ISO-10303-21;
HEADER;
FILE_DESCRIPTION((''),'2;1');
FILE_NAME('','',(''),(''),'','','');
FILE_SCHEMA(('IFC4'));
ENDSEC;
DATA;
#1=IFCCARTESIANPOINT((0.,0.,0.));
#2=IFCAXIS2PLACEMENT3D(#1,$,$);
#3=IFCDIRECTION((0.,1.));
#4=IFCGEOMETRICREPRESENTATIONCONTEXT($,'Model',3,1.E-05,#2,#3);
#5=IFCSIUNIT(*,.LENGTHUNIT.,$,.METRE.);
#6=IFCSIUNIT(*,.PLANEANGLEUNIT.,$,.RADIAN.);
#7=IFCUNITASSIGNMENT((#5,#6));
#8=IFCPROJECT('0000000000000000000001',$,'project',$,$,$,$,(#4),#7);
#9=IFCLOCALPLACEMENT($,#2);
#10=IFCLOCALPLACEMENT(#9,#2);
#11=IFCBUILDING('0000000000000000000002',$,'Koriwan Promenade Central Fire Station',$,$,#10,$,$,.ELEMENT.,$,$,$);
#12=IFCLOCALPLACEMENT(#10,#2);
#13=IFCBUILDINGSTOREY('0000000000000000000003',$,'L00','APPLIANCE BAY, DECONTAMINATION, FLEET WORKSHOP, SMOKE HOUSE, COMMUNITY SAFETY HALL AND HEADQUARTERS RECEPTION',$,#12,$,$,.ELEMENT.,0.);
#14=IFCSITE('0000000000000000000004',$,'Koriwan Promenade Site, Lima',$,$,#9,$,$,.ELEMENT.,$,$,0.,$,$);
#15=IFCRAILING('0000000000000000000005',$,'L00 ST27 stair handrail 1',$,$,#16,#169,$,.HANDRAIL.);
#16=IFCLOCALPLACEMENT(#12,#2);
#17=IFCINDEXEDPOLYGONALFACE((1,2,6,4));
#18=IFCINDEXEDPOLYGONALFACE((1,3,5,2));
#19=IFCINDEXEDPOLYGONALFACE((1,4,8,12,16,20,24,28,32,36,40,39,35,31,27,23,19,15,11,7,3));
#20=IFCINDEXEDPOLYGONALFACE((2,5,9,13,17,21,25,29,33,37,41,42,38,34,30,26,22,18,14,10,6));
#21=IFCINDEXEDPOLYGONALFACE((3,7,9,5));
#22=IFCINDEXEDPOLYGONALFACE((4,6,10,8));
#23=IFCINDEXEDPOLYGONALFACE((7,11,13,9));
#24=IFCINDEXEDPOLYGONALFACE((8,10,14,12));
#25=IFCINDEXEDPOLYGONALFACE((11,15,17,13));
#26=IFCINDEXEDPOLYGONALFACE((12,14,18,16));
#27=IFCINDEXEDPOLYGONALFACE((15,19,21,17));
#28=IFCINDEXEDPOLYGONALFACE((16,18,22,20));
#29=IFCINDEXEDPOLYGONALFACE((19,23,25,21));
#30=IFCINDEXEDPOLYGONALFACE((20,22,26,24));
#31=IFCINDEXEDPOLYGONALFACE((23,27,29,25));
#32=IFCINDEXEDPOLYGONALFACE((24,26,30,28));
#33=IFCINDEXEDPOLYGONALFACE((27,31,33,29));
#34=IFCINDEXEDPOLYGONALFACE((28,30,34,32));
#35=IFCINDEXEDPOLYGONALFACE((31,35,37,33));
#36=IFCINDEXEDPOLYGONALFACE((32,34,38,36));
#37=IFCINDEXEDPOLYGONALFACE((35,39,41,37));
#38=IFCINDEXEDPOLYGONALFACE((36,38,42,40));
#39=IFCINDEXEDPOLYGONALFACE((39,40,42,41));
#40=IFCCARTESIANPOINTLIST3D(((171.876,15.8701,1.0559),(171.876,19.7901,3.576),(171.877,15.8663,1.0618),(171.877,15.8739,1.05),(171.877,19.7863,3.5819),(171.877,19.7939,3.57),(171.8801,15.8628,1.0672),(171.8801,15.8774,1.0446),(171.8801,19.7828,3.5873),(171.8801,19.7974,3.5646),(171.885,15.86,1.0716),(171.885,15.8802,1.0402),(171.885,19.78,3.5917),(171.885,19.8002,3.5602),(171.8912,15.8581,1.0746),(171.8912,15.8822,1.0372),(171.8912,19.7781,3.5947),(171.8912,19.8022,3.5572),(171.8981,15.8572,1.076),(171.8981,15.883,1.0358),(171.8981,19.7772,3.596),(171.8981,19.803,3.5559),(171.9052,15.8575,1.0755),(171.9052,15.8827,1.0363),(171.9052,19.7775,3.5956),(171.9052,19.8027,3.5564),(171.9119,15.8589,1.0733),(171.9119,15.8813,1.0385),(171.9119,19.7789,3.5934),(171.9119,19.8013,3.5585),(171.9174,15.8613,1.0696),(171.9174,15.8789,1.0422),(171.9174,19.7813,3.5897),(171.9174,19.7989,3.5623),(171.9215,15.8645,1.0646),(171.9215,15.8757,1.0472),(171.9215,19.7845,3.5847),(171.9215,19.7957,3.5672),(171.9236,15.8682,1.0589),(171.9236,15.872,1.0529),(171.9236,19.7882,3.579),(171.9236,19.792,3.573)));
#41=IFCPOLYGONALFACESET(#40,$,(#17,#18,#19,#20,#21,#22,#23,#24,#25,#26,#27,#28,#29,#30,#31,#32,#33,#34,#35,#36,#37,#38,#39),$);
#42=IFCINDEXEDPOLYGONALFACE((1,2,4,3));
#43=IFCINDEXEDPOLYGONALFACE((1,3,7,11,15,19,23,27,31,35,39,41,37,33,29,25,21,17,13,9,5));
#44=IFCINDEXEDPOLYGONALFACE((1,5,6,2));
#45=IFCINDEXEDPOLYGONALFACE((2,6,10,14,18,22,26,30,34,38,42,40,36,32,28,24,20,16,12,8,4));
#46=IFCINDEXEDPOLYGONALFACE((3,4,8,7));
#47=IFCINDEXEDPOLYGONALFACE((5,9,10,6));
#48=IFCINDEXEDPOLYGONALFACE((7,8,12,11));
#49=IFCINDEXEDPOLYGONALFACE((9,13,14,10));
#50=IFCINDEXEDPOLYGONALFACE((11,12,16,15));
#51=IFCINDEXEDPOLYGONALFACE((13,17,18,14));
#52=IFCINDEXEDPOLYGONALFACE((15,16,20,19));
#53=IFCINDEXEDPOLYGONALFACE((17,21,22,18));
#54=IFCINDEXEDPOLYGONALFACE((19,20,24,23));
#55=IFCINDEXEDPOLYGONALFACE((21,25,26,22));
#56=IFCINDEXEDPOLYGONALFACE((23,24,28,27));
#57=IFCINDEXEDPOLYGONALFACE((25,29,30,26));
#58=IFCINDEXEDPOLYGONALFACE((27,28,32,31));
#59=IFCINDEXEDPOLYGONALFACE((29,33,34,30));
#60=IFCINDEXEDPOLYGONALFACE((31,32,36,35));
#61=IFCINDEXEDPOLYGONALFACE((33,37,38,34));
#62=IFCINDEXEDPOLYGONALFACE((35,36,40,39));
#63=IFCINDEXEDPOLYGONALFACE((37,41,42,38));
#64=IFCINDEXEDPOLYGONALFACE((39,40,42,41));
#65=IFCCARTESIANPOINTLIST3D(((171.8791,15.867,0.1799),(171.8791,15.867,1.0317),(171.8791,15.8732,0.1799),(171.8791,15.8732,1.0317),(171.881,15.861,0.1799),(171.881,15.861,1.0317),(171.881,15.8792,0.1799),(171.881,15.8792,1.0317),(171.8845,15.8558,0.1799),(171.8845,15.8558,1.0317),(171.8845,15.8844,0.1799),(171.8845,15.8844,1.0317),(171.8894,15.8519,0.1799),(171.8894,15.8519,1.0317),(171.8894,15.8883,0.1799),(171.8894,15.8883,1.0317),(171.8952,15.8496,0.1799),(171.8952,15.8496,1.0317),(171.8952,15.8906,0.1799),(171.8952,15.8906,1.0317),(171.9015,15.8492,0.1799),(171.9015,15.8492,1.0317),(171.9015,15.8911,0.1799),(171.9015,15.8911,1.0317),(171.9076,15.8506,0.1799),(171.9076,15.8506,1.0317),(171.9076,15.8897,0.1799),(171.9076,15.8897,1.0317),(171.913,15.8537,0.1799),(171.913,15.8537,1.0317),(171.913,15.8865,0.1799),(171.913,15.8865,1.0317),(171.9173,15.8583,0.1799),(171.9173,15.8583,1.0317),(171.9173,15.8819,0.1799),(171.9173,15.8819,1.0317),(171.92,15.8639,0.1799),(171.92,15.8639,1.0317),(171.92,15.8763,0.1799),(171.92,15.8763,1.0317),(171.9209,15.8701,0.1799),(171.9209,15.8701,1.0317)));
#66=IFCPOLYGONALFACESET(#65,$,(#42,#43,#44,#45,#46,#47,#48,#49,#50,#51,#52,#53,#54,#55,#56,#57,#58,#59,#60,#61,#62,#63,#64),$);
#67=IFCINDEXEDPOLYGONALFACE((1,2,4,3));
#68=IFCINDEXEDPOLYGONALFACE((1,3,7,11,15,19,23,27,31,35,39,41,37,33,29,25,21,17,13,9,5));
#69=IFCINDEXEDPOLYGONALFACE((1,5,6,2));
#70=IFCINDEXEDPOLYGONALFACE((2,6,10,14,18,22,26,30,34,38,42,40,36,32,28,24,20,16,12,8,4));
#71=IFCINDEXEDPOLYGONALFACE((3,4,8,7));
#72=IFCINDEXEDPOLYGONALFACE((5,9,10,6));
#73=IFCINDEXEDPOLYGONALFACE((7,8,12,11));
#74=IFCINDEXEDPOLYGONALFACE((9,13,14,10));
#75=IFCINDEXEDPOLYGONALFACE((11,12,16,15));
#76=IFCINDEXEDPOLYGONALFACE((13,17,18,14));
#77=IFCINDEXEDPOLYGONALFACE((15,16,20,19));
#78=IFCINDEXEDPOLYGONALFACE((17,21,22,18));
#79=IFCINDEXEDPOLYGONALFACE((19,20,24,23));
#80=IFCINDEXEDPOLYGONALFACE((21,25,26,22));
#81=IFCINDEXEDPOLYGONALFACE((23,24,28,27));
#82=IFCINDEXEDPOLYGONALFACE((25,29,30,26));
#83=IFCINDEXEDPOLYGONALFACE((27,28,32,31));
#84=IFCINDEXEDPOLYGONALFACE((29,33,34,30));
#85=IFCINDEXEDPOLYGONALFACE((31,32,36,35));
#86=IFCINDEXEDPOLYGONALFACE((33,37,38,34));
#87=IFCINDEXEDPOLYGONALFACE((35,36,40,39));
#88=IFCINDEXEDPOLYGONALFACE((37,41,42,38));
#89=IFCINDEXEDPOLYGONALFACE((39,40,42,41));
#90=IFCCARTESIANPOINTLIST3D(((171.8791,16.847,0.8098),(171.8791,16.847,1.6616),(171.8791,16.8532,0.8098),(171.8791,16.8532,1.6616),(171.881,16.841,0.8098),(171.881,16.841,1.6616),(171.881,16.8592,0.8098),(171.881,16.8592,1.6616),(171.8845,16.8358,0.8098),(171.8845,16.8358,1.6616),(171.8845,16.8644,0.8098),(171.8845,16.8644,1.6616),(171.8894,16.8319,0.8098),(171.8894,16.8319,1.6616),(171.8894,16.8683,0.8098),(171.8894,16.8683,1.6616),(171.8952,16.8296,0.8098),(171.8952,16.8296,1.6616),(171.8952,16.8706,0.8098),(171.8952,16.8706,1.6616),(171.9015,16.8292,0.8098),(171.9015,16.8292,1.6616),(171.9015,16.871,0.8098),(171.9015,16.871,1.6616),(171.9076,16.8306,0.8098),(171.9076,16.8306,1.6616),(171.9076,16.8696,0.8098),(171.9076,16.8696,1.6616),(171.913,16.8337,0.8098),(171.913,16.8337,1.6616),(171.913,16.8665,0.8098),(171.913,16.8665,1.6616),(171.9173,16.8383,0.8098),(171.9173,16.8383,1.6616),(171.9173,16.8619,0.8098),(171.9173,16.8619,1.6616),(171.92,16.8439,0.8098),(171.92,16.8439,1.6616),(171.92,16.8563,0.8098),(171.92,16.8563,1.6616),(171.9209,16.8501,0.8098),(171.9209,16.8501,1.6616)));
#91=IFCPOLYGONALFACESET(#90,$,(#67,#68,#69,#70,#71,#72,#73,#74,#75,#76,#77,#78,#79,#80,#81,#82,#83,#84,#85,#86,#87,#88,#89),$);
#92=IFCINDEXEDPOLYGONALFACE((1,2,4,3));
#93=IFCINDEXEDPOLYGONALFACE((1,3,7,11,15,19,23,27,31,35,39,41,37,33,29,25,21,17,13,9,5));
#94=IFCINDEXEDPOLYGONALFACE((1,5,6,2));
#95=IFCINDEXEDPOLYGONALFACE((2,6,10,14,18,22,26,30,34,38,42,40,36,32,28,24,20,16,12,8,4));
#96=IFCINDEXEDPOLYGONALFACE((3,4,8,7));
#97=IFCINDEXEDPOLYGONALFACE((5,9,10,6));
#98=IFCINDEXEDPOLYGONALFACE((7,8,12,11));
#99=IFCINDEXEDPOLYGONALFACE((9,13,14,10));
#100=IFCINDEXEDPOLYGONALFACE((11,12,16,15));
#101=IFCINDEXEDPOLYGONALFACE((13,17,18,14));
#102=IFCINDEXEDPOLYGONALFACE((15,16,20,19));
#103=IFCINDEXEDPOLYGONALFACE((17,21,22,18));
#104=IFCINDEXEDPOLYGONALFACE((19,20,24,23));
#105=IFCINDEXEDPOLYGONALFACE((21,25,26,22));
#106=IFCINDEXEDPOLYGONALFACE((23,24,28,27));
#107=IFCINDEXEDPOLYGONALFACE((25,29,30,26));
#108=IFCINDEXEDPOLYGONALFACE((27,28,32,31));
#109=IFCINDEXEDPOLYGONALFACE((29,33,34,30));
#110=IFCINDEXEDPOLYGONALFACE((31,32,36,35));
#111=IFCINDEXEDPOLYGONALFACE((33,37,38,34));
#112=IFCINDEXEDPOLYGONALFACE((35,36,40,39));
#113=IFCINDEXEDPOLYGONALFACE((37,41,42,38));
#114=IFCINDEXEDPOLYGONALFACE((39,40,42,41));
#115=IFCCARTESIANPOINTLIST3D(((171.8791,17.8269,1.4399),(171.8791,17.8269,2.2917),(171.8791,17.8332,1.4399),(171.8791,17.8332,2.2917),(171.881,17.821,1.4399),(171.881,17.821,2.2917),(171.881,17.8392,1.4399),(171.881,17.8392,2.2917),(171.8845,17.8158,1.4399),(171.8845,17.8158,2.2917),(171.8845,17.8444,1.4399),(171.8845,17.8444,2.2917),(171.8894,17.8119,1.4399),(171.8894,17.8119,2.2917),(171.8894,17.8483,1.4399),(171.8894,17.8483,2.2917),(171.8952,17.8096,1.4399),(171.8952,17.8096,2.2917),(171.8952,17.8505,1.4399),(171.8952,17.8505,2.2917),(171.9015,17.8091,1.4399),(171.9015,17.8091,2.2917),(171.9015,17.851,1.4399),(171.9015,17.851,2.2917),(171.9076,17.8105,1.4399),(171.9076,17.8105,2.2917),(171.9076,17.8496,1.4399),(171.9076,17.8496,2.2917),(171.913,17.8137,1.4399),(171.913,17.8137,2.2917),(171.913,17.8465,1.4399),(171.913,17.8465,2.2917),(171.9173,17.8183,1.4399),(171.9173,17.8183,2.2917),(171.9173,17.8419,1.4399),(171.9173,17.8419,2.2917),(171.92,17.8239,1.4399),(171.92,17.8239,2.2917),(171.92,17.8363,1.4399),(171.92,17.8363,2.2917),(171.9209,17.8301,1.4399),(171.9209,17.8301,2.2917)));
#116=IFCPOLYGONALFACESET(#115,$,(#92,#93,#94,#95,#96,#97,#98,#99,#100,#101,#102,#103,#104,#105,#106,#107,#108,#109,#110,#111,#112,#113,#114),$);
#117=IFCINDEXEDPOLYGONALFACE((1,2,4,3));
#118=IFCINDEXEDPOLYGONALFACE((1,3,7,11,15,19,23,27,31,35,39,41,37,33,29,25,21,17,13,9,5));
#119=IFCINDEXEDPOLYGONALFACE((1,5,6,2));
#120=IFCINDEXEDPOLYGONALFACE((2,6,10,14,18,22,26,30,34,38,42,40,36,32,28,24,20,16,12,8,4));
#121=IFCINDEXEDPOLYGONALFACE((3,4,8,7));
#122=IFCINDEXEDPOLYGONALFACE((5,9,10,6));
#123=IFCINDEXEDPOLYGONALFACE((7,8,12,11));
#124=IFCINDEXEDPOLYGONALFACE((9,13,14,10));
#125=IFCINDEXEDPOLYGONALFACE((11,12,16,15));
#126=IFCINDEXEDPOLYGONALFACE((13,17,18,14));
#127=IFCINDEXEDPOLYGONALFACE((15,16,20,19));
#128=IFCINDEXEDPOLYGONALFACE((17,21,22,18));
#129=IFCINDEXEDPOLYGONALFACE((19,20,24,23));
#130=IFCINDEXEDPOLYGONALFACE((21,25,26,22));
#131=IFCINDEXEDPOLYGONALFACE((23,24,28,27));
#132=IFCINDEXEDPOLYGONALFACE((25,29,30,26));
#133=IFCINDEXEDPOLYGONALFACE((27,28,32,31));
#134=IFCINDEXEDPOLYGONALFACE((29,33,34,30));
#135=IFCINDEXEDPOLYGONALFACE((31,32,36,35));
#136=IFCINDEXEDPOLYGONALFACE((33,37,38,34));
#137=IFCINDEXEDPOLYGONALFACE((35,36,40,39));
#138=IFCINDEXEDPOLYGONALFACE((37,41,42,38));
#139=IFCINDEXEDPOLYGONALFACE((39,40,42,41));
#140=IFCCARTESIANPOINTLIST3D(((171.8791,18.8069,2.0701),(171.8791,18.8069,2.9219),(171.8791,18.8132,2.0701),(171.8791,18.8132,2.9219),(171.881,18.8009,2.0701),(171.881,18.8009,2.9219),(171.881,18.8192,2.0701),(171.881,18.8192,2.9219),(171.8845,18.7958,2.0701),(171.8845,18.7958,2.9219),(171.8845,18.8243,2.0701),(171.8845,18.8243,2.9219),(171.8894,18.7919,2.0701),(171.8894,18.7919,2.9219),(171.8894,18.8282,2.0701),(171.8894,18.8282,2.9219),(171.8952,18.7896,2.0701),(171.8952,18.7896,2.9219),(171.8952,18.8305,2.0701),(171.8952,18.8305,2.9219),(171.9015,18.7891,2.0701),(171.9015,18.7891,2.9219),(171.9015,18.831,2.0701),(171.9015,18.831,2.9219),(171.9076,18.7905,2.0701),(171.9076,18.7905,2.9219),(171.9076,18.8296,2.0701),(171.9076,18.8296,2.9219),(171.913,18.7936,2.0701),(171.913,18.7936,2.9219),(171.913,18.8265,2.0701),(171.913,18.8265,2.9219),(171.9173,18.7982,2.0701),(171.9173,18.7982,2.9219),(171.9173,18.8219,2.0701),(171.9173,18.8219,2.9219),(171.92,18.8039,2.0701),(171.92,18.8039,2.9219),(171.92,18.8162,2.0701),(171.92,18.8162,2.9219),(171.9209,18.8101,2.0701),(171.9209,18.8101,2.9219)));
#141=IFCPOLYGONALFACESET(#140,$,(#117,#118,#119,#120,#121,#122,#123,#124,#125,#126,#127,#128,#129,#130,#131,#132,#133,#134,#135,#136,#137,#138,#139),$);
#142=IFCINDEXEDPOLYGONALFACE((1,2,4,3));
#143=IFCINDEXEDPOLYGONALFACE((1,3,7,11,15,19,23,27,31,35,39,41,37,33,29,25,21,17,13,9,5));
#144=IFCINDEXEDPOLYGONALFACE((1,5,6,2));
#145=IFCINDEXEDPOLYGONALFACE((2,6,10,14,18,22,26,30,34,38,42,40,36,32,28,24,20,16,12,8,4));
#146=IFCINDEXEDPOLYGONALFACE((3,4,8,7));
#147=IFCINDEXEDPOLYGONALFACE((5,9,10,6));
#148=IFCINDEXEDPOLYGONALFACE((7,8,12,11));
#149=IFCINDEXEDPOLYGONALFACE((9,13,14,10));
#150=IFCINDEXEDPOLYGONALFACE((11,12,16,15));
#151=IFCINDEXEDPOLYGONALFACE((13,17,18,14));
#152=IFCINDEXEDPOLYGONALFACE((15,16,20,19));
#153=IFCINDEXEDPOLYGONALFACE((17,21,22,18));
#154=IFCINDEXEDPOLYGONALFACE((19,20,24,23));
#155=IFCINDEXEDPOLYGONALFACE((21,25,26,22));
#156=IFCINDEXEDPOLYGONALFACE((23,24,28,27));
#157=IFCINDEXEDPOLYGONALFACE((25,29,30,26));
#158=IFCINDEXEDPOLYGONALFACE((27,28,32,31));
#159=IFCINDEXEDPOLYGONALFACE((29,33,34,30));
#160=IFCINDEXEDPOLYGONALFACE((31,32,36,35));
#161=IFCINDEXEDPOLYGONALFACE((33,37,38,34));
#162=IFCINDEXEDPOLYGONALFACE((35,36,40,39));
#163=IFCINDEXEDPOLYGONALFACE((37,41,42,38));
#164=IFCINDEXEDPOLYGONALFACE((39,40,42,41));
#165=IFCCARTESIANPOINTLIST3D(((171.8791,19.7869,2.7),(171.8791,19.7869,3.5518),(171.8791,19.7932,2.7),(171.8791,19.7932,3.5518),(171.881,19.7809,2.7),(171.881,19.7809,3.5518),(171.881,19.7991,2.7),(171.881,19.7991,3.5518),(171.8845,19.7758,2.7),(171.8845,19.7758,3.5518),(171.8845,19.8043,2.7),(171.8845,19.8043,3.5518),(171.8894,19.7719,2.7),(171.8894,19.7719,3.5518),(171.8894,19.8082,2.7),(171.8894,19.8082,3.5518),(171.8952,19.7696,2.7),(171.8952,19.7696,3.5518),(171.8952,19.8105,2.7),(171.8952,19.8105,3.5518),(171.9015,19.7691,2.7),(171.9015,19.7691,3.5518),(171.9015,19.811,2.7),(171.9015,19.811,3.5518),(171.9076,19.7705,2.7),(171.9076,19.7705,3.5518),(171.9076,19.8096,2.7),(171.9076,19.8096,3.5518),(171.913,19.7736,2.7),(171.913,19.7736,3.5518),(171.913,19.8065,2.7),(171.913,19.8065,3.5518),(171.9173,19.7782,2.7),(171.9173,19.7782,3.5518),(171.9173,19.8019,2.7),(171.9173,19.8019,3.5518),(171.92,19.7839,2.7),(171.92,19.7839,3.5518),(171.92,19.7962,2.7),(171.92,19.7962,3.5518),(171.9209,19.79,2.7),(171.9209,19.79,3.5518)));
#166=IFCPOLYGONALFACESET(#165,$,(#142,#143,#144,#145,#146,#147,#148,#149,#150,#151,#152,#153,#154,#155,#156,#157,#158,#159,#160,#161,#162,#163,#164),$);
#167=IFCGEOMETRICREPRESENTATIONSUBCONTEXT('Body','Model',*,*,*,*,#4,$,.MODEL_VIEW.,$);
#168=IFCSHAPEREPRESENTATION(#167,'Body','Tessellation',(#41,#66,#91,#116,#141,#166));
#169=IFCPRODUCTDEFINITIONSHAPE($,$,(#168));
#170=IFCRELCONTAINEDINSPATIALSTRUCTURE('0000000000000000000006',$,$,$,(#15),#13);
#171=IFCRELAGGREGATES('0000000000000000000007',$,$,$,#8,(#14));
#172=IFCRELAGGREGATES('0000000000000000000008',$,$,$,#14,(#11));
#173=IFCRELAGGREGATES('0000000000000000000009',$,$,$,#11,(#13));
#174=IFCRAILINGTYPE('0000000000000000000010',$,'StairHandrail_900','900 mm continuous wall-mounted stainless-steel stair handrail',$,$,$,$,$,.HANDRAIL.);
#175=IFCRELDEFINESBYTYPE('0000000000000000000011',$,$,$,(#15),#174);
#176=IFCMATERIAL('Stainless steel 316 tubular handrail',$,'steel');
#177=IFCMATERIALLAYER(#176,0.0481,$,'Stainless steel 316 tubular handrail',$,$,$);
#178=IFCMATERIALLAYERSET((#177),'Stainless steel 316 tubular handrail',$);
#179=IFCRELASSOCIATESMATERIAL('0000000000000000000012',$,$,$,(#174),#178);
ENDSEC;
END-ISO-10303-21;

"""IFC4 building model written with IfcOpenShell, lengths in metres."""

from ifc_helpers import new_model, si_unit, direction, frame, origin, origin_2d, place, context, subcontext, project, spatial, circle, extrude, material, layer, layer_set, type_object, element, save


model = new_model("IFC4")

# Units and contexts
model_context = context("Model", 3, precision=1e-05, world=origin(), true_north=direction((0.0, 1.0)))
body_context = subcontext(model_context, "Body", "Model", "MODEL_VIEW")
ifc_project = project(units=[si_unit("LENGTHUNIT", "METRE"), si_unit("PLANEANGLEUNIT", "RADIAN")], contexts=[model_context])

# Site, building, storey
site_placement = place(None, origin())
site = spatial("IfcSite", under=ifc_project, at=site_placement, Name="Koriwan Promenade Site, Lima", CompositionType="ELEMENT", RefElevation=0.0)
building_placement = place(site_placement, origin())
building = spatial("IfcBuilding", under=site, at=building_placement, Name="Koriwan Promenade Central Fire Station", CompositionType="ELEMENT")
storey_placement = place(building_placement, origin())
storey = spatial("IfcBuildingStorey", under=building, at=storey_placement, Name="L00", Description="APPLIANCE BAY, DECONTAMINATION, FLEET WORKSHOP, SMOKE HOUSE, COMMUNITY SAFETY HALL AND HEADQUARTERS RECEPTION", CompositionType="ELEMENT", Elevation=0.0)

# Railing
ifc_material_1 = material(Name="Stainless steel 316 tubular handrail", Category="steel")
ifc_layer_1 = layer(ifc_material_1, 0.0481, Name="Stainless steel 316 tubular handrail")
ifc_layer_set_1 = layer_set([ifc_layer_1], Name="Stainless steel 316 tubular handrail")
railing_type_1 = type_object("IfcRailingType", Name="StairHandrail_900", Description="900 mm continuous wall-mounted stainless-steel stair handrail", PredefinedType="HANDRAIL", material=ifc_layer_set_1)
railing_1_placement = place(storey_placement, frame((171.8999, 15.8701, 0.1799)))
element("IfcRailing", 1, at=railing_1_placement, inside=storey, type_object=railing_type_1, Name="L00 ST27 stair handrail 1", PredefinedType="HANDRAIL", context=body_context, shape_type="SweptSolid", body=[
    extrude(circle(Radius=0.0239, at=origin_2d()), frame((0.0, 0.0, 0.876), z_axis=(0.0, 0.841172, 0.540768), x_axis=(-1.0, 0.0, 0.0)), (0.0, 0.0, 1.0), 4.6602),
    extrude(circle(Radius=0.021, at=origin_2d()), origin(), (0.0, 0.0, 1.0), 0.8518),
    extrude(circle(Radius=0.021, at=origin_2d()), frame((0.0, 0.98, 0.6299)), (0.0, 0.0, 1.0), 0.8518),
    extrude(circle(Radius=0.021, at=origin_2d()), frame((0.0, 1.96, 1.26)), (0.0, 0.0, 1.0), 0.8518),
    extrude(circle(Radius=0.021, at=origin_2d()), frame((0.0, 2.9399, 1.8901)), (0.0, 0.0, 1.0), 0.8518),
    extrude(circle(Radius=0.021, at=origin_2d()), frame((0.0, 3.9199, 2.52)), (0.0, 0.0, 1.0), 0.8518),
])

save(model, "model.ifc")
